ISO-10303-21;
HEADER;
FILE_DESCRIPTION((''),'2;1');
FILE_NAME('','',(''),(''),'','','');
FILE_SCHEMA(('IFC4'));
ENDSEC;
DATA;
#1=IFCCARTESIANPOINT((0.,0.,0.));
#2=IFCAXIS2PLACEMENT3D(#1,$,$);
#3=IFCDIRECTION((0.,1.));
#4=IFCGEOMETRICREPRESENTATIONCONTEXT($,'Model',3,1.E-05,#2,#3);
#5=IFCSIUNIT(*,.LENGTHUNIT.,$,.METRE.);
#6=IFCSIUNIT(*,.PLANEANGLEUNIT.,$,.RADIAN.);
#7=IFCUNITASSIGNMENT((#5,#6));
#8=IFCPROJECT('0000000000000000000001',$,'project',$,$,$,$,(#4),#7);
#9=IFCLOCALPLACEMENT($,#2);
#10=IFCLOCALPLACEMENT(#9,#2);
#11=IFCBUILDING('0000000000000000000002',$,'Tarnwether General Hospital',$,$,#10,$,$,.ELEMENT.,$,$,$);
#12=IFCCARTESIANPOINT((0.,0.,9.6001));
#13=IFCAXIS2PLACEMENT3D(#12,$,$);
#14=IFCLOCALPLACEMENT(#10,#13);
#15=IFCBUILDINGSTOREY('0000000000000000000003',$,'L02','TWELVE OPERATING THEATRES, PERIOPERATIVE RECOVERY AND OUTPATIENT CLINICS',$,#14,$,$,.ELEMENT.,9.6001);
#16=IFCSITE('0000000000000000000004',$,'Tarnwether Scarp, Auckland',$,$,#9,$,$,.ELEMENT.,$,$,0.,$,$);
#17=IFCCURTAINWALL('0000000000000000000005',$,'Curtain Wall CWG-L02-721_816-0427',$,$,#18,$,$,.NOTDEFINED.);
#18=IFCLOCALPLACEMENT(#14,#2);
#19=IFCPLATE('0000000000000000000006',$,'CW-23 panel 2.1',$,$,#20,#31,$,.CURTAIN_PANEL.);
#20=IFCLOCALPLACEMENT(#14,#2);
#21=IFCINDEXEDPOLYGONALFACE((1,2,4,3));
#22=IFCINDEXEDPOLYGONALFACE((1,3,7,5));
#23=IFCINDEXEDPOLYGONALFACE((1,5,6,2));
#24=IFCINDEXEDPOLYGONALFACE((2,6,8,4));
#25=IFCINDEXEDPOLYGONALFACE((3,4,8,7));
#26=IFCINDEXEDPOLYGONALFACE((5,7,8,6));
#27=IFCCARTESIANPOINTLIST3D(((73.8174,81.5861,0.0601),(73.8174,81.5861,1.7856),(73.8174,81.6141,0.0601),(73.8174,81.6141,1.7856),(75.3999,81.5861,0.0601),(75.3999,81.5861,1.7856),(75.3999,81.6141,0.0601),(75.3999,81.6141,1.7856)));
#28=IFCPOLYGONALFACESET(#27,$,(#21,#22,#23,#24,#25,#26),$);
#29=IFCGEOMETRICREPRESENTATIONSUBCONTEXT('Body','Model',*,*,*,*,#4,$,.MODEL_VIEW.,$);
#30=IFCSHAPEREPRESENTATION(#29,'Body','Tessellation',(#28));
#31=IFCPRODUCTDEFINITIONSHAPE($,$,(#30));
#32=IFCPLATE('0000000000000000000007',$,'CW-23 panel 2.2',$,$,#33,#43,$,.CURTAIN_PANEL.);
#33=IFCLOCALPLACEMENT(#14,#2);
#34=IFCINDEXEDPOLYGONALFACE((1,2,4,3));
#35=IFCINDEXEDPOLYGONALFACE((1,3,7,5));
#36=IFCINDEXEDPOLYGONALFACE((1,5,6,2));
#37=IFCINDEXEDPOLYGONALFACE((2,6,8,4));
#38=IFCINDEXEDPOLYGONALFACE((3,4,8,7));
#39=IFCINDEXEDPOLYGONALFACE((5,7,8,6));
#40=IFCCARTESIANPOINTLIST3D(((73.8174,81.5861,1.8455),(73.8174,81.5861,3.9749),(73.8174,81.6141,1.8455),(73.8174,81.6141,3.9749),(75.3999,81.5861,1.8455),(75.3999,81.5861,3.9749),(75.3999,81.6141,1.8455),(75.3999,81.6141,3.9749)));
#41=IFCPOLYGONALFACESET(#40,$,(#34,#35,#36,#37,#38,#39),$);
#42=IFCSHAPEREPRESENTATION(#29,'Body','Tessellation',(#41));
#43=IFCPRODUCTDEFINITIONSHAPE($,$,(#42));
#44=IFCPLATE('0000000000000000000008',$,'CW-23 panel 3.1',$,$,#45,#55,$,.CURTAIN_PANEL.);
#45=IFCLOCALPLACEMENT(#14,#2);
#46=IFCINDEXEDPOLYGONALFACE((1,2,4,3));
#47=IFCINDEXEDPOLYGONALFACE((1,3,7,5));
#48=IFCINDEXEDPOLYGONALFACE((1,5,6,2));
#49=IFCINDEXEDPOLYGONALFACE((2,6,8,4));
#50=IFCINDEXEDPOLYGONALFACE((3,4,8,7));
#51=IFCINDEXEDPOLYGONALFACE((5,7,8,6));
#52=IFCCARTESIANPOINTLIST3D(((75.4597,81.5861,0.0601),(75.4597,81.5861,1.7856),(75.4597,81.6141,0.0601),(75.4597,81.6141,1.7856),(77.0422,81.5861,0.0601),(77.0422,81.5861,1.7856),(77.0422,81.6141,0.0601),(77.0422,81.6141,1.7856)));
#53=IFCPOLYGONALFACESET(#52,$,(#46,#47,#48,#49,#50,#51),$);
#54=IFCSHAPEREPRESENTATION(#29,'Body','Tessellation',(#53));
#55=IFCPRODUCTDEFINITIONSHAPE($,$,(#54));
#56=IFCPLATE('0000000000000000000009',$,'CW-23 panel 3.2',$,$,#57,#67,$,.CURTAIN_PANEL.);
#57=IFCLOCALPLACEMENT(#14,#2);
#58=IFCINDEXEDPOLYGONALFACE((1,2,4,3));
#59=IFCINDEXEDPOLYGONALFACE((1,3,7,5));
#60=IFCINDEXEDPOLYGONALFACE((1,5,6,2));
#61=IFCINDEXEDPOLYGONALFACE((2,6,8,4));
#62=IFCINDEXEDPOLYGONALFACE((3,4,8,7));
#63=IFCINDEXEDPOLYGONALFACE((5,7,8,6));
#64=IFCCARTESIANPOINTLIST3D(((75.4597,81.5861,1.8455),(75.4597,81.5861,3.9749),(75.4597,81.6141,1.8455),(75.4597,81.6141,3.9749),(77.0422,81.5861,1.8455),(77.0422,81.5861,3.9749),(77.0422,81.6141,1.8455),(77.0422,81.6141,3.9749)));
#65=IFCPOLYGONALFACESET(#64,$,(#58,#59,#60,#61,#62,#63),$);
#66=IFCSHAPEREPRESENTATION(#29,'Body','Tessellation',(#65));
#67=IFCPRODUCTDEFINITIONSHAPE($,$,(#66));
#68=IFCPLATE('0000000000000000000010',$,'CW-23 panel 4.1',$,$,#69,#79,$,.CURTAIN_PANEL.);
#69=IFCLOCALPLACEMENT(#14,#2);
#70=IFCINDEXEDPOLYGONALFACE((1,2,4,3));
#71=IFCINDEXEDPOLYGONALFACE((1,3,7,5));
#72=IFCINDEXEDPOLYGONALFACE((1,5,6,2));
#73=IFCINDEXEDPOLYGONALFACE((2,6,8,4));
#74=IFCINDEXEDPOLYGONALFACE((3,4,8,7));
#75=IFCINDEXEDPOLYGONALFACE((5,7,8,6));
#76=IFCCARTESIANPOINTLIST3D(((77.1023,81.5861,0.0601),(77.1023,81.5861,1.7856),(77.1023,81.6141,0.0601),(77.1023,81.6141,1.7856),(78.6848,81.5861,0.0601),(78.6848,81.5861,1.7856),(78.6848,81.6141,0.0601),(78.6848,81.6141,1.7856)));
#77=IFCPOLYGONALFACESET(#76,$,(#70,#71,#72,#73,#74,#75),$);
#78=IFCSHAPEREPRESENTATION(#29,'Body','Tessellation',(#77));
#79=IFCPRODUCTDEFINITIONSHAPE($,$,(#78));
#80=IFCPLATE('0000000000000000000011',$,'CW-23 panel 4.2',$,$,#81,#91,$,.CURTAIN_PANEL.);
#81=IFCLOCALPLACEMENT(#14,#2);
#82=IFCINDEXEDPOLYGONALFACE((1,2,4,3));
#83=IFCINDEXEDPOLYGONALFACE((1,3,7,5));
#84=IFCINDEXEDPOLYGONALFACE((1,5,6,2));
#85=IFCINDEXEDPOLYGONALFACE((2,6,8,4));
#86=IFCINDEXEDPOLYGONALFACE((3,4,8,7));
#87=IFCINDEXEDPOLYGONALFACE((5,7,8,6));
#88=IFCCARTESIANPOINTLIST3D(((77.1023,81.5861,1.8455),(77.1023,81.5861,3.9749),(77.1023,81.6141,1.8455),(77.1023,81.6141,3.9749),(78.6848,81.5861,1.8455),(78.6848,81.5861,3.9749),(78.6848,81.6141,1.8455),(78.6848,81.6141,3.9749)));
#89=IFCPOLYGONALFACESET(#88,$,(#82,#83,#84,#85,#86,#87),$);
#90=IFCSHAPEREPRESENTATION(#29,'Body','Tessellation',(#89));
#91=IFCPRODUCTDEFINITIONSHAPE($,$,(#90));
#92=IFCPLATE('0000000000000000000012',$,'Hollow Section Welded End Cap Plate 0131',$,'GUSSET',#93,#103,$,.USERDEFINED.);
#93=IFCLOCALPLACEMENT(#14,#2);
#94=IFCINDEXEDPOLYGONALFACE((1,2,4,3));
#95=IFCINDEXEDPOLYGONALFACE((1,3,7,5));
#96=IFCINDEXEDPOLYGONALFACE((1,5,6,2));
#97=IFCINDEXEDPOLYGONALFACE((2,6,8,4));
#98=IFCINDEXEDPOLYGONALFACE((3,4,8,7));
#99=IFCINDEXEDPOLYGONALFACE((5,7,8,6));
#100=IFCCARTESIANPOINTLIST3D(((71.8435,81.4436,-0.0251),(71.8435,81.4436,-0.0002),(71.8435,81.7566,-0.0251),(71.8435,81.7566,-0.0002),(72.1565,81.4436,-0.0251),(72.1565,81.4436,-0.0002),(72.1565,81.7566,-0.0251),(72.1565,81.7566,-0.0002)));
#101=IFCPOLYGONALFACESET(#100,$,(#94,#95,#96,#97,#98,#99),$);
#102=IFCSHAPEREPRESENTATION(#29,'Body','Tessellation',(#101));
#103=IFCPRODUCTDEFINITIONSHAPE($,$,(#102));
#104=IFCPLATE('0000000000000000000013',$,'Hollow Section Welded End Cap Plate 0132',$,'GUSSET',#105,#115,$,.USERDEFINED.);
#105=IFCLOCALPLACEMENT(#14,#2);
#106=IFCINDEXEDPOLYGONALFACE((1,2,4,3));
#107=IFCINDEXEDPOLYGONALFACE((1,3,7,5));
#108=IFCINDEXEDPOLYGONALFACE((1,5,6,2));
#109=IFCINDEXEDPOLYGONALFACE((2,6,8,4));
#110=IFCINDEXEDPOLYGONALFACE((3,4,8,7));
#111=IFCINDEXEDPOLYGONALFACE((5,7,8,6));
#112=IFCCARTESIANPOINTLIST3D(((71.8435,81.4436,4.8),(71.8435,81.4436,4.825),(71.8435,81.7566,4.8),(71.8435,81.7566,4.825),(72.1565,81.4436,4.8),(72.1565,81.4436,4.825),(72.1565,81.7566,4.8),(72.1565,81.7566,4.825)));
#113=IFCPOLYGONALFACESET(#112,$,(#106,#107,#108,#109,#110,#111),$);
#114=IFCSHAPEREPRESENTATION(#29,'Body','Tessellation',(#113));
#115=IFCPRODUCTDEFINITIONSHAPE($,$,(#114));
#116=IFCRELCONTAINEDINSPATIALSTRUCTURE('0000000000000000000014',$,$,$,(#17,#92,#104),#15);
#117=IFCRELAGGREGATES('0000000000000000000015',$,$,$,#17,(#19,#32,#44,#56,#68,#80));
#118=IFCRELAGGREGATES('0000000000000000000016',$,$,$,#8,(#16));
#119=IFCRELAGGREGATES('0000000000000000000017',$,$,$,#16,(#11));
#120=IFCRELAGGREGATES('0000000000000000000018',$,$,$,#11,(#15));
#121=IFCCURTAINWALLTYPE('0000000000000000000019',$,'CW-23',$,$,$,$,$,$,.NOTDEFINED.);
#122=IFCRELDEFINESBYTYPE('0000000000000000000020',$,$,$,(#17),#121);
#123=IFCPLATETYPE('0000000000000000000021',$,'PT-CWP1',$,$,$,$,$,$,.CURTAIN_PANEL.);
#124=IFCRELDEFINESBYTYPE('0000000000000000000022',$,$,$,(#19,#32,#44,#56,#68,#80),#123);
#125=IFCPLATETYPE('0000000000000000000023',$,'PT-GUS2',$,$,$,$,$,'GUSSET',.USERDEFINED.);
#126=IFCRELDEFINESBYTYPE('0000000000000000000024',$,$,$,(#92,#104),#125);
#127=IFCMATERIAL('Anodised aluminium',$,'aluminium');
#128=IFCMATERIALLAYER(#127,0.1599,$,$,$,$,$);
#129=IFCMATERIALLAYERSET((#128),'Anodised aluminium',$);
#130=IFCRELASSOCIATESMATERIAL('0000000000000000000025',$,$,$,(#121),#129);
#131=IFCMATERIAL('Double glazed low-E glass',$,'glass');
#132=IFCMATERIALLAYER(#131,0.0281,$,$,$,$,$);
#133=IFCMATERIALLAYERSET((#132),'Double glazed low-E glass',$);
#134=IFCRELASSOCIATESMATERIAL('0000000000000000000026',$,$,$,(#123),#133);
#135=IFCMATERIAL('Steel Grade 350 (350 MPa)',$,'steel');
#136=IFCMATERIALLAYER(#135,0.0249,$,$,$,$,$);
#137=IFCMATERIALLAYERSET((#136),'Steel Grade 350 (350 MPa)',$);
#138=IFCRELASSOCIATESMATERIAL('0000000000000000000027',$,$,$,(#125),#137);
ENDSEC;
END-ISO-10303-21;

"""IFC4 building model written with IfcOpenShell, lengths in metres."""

from ifc_helpers import new_model, si_unit, direction, frame, origin, origin_2d, place, context, subcontext, project, spatial, rectangle, extrude, material, layer, layer_set, type_object, element, aggregate, save


model = new_model("IFC4")

# Units and contexts
model_context = context("Model", 3, precision=1e-05, world=origin(), true_north=direction((0.0, 1.0)))
body_context = subcontext(model_context, "Body", "Model", "MODEL_VIEW")
ifc_project = project(units=[si_unit("LENGTHUNIT", "METRE"), si_unit("PLANEANGLEUNIT", "RADIAN")], contexts=[model_context])

# Site, building, storey
site_placement = place(None, origin())
site = spatial("IfcSite", under=ifc_project, at=site_placement, Name="Tarnwether Scarp, Auckland", CompositionType="ELEMENT", RefElevation=0.0)
building_placement = place(site_placement, origin())
building = spatial("IfcBuilding", under=site, at=building_placement, Name="Tarnwether General Hospital", CompositionType="ELEMENT")
storey_placement = place(building_placement, frame((0.0, 0.0, 9.6001)))
storey = spatial("IfcBuildingStorey", under=building, at=storey_placement, Name="L02", Description="TWELVE OPERATING THEATRES, PERIOPERATIVE RECOVERY AND OUTPATIENT CLINICS", CompositionType="ELEMENT", Elevation=9.6001)

# Shared definitions
ifc_material_1 = material(Name="Anodised aluminium", Category="aluminium")
ifc_layer_1 = layer(ifc_material_1, 0.1599)
ifc_layer_set_1 = layer_set([ifc_layer_1], Name="Anodised aluminium")
curtain_wall_type = type_object("IfcCurtainWallType", Name="CW-23", PredefinedType="NOTDEFINED", material=ifc_layer_set_1)

# Curtain wall
curtain_wall_1_placement = place(storey_placement, origin())
curtain_wall_1 = element("IfcCurtainWall", 1, at=curtain_wall_1_placement, inside=storey, type_object=curtain_wall_type, Name="Curtain Wall CWG-L02-721_816-0427", PredefinedType="NOTDEFINED")

# Plates
ifc_material_2 = material(Name="Double glazed low-E glass", Category="glass")
ifc_layer_2 = layer(ifc_material_2, 0.0281)
ifc_layer_set_2 = layer_set([ifc_layer_2], Name="Double glazed low-E glass")
plate_type_1 = type_object("IfcPlateType", Name="PT-CWP1", PredefinedType="CURTAIN_PANEL", material=ifc_layer_set_2)
plate_1_placement = place(storey_placement, frame((74.6086, 81.6001, 0.0601), z_axis=(0.0, 0.0, 1.0), x_axis=(1.0, 0.0, 0.0)))
plate_1 = element("IfcPlate", 2, at=plate_1_placement, type_object=plate_type_1, Name="CW-23 panel 2.1", PredefinedType="CURTAIN_PANEL", context=body_context, shape_type="SweptSolid", body=[
    extrude(rectangle(XDim=1.5825, YDim=0.0281, at=origin_2d()), origin(), (0.0, 0.0, 1.0), 1.7256),
])
plate_2_placement = place(storey_placement, frame((74.6086, 81.6001, 1.8455), z_axis=(0.0, 0.0, 1.0), x_axis=(1.0, 0.0, 0.0)))
plate_2 = element("IfcPlate", 3, at=plate_2_placement, type_object=plate_type_1, Name="CW-23 panel 2.2", PredefinedType="CURTAIN_PANEL", context=body_context, shape_type="SweptSolid", body=[
    extrude(rectangle(XDim=1.5825, YDim=0.0281, at=origin_2d()), origin(), (0.0, 0.0, 1.0), 2.1294),
])
plate_3_placement = place(storey_placement, frame((76.251, 81.6001, 0.0601), z_axis=(0.0, 0.0, 1.0), x_axis=(1.0, 0.0, 0.0)))
plate_3 = element("IfcPlate", 4, at=plate_3_placement, type_object=plate_type_1, Name="CW-23 panel 3.1", PredefinedType="CURTAIN_PANEL", context=body_context, shape_type="SweptSolid", body=[
    extrude(rectangle(XDim=1.5825, YDim=0.0281, at=origin_2d()), origin(), (0.0, 0.0, 1.0), 1.7256),
])
plate_4_placement = place(storey_placement, frame((76.251, 81.6001, 1.8455), z_axis=(0.0, 0.0, 1.0), x_axis=(1.0, 0.0, 0.0)))
plate_4 = element("IfcPlate", 5, at=plate_4_placement, type_object=plate_type_1, Name="CW-23 panel 3.2", PredefinedType="CURTAIN_PANEL", context=body_context, shape_type="SweptSolid", body=[
    extrude(rectangle(XDim=1.5825, YDim=0.0281, at=origin_2d()), origin(), (0.0, 0.0, 1.0), 2.1294),
])
plate_5_placement = place(storey_placement, frame((77.8936, 81.6001, 0.0601), z_axis=(0.0, 0.0, 1.0), x_axis=(1.0, 0.0, 0.0)))
plate_5 = element("IfcPlate", 6, at=plate_5_placement, type_object=plate_type_1, Name="CW-23 panel 4.1", PredefinedType="CURTAIN_PANEL", context=body_context, shape_type="SweptSolid", body=[
    extrude(rectangle(XDim=1.5825, YDim=0.0281, at=origin_2d()), origin(), (0.0, 0.0, 1.0), 1.7256),
])
plate_6_placement = place(storey_placement, frame((77.8936, 81.6001, 1.8455), z_axis=(0.0, 0.0, 1.0), x_axis=(1.0, 0.0, 0.0)))
plate_6 = element("IfcPlate", 7, at=plate_6_placement, type_object=plate_type_1, Name="CW-23 panel 4.2", PredefinedType="CURTAIN_PANEL", context=body_context, shape_type="SweptSolid", body=[
    extrude(rectangle(XDim=1.5825, YDim=0.0281, at=origin_2d()), origin(), (0.0, 0.0, 1.0), 2.1294),
])
aggregate(curtain_wall_1, [plate_1, plate_2, plate_3, plate_4, plate_5, plate_6])

# Plates
ifc_material_3 = material(Name="Steel Grade 350 (350 MPa)", Category="steel")
ifc_layer_3 = layer(ifc_material_3, 0.0249)
ifc_layer_set_3 = layer_set([ifc_layer_3], Name="Steel Grade 350 (350 MPa)")
plate_type_2 = type_object("IfcPlateType", Name="PT-GUS2", ElementType="GUSSET", PredefinedType="USERDEFINED", material=ifc_layer_set_3)
for number, where, z_axis, x_axis, name in (
    (8, (72.0, 81.6001, -0.0251), (0.0, 0.0, 1.0), (1.0, 0.0, 0.0), "Hollow Section Welded End Cap Plate 0131"),
    (9, (72.0, 81.6001, 4.8), (0.0, 0.0, 1.0), (1.0, 0.0, 0.0), "Hollow Section Welded End Cap Plate 0132"),
):
    element("IfcPlate", number, at=place(storey_placement, frame(where, z_axis=z_axis, x_axis=x_axis)), inside=storey, type_object=plate_type_2, Name=name, ObjectType="GUSSET", PredefinedType="USERDEFINED", context=body_context, shape_type="SweptSolid", body=[
        extrude(rectangle(XDim=0.313, YDim=0.313, at=origin_2d()), origin(), (0.0, 0.0, 1.0), 0.0249),
    ])

save(model, "model.ifc")
